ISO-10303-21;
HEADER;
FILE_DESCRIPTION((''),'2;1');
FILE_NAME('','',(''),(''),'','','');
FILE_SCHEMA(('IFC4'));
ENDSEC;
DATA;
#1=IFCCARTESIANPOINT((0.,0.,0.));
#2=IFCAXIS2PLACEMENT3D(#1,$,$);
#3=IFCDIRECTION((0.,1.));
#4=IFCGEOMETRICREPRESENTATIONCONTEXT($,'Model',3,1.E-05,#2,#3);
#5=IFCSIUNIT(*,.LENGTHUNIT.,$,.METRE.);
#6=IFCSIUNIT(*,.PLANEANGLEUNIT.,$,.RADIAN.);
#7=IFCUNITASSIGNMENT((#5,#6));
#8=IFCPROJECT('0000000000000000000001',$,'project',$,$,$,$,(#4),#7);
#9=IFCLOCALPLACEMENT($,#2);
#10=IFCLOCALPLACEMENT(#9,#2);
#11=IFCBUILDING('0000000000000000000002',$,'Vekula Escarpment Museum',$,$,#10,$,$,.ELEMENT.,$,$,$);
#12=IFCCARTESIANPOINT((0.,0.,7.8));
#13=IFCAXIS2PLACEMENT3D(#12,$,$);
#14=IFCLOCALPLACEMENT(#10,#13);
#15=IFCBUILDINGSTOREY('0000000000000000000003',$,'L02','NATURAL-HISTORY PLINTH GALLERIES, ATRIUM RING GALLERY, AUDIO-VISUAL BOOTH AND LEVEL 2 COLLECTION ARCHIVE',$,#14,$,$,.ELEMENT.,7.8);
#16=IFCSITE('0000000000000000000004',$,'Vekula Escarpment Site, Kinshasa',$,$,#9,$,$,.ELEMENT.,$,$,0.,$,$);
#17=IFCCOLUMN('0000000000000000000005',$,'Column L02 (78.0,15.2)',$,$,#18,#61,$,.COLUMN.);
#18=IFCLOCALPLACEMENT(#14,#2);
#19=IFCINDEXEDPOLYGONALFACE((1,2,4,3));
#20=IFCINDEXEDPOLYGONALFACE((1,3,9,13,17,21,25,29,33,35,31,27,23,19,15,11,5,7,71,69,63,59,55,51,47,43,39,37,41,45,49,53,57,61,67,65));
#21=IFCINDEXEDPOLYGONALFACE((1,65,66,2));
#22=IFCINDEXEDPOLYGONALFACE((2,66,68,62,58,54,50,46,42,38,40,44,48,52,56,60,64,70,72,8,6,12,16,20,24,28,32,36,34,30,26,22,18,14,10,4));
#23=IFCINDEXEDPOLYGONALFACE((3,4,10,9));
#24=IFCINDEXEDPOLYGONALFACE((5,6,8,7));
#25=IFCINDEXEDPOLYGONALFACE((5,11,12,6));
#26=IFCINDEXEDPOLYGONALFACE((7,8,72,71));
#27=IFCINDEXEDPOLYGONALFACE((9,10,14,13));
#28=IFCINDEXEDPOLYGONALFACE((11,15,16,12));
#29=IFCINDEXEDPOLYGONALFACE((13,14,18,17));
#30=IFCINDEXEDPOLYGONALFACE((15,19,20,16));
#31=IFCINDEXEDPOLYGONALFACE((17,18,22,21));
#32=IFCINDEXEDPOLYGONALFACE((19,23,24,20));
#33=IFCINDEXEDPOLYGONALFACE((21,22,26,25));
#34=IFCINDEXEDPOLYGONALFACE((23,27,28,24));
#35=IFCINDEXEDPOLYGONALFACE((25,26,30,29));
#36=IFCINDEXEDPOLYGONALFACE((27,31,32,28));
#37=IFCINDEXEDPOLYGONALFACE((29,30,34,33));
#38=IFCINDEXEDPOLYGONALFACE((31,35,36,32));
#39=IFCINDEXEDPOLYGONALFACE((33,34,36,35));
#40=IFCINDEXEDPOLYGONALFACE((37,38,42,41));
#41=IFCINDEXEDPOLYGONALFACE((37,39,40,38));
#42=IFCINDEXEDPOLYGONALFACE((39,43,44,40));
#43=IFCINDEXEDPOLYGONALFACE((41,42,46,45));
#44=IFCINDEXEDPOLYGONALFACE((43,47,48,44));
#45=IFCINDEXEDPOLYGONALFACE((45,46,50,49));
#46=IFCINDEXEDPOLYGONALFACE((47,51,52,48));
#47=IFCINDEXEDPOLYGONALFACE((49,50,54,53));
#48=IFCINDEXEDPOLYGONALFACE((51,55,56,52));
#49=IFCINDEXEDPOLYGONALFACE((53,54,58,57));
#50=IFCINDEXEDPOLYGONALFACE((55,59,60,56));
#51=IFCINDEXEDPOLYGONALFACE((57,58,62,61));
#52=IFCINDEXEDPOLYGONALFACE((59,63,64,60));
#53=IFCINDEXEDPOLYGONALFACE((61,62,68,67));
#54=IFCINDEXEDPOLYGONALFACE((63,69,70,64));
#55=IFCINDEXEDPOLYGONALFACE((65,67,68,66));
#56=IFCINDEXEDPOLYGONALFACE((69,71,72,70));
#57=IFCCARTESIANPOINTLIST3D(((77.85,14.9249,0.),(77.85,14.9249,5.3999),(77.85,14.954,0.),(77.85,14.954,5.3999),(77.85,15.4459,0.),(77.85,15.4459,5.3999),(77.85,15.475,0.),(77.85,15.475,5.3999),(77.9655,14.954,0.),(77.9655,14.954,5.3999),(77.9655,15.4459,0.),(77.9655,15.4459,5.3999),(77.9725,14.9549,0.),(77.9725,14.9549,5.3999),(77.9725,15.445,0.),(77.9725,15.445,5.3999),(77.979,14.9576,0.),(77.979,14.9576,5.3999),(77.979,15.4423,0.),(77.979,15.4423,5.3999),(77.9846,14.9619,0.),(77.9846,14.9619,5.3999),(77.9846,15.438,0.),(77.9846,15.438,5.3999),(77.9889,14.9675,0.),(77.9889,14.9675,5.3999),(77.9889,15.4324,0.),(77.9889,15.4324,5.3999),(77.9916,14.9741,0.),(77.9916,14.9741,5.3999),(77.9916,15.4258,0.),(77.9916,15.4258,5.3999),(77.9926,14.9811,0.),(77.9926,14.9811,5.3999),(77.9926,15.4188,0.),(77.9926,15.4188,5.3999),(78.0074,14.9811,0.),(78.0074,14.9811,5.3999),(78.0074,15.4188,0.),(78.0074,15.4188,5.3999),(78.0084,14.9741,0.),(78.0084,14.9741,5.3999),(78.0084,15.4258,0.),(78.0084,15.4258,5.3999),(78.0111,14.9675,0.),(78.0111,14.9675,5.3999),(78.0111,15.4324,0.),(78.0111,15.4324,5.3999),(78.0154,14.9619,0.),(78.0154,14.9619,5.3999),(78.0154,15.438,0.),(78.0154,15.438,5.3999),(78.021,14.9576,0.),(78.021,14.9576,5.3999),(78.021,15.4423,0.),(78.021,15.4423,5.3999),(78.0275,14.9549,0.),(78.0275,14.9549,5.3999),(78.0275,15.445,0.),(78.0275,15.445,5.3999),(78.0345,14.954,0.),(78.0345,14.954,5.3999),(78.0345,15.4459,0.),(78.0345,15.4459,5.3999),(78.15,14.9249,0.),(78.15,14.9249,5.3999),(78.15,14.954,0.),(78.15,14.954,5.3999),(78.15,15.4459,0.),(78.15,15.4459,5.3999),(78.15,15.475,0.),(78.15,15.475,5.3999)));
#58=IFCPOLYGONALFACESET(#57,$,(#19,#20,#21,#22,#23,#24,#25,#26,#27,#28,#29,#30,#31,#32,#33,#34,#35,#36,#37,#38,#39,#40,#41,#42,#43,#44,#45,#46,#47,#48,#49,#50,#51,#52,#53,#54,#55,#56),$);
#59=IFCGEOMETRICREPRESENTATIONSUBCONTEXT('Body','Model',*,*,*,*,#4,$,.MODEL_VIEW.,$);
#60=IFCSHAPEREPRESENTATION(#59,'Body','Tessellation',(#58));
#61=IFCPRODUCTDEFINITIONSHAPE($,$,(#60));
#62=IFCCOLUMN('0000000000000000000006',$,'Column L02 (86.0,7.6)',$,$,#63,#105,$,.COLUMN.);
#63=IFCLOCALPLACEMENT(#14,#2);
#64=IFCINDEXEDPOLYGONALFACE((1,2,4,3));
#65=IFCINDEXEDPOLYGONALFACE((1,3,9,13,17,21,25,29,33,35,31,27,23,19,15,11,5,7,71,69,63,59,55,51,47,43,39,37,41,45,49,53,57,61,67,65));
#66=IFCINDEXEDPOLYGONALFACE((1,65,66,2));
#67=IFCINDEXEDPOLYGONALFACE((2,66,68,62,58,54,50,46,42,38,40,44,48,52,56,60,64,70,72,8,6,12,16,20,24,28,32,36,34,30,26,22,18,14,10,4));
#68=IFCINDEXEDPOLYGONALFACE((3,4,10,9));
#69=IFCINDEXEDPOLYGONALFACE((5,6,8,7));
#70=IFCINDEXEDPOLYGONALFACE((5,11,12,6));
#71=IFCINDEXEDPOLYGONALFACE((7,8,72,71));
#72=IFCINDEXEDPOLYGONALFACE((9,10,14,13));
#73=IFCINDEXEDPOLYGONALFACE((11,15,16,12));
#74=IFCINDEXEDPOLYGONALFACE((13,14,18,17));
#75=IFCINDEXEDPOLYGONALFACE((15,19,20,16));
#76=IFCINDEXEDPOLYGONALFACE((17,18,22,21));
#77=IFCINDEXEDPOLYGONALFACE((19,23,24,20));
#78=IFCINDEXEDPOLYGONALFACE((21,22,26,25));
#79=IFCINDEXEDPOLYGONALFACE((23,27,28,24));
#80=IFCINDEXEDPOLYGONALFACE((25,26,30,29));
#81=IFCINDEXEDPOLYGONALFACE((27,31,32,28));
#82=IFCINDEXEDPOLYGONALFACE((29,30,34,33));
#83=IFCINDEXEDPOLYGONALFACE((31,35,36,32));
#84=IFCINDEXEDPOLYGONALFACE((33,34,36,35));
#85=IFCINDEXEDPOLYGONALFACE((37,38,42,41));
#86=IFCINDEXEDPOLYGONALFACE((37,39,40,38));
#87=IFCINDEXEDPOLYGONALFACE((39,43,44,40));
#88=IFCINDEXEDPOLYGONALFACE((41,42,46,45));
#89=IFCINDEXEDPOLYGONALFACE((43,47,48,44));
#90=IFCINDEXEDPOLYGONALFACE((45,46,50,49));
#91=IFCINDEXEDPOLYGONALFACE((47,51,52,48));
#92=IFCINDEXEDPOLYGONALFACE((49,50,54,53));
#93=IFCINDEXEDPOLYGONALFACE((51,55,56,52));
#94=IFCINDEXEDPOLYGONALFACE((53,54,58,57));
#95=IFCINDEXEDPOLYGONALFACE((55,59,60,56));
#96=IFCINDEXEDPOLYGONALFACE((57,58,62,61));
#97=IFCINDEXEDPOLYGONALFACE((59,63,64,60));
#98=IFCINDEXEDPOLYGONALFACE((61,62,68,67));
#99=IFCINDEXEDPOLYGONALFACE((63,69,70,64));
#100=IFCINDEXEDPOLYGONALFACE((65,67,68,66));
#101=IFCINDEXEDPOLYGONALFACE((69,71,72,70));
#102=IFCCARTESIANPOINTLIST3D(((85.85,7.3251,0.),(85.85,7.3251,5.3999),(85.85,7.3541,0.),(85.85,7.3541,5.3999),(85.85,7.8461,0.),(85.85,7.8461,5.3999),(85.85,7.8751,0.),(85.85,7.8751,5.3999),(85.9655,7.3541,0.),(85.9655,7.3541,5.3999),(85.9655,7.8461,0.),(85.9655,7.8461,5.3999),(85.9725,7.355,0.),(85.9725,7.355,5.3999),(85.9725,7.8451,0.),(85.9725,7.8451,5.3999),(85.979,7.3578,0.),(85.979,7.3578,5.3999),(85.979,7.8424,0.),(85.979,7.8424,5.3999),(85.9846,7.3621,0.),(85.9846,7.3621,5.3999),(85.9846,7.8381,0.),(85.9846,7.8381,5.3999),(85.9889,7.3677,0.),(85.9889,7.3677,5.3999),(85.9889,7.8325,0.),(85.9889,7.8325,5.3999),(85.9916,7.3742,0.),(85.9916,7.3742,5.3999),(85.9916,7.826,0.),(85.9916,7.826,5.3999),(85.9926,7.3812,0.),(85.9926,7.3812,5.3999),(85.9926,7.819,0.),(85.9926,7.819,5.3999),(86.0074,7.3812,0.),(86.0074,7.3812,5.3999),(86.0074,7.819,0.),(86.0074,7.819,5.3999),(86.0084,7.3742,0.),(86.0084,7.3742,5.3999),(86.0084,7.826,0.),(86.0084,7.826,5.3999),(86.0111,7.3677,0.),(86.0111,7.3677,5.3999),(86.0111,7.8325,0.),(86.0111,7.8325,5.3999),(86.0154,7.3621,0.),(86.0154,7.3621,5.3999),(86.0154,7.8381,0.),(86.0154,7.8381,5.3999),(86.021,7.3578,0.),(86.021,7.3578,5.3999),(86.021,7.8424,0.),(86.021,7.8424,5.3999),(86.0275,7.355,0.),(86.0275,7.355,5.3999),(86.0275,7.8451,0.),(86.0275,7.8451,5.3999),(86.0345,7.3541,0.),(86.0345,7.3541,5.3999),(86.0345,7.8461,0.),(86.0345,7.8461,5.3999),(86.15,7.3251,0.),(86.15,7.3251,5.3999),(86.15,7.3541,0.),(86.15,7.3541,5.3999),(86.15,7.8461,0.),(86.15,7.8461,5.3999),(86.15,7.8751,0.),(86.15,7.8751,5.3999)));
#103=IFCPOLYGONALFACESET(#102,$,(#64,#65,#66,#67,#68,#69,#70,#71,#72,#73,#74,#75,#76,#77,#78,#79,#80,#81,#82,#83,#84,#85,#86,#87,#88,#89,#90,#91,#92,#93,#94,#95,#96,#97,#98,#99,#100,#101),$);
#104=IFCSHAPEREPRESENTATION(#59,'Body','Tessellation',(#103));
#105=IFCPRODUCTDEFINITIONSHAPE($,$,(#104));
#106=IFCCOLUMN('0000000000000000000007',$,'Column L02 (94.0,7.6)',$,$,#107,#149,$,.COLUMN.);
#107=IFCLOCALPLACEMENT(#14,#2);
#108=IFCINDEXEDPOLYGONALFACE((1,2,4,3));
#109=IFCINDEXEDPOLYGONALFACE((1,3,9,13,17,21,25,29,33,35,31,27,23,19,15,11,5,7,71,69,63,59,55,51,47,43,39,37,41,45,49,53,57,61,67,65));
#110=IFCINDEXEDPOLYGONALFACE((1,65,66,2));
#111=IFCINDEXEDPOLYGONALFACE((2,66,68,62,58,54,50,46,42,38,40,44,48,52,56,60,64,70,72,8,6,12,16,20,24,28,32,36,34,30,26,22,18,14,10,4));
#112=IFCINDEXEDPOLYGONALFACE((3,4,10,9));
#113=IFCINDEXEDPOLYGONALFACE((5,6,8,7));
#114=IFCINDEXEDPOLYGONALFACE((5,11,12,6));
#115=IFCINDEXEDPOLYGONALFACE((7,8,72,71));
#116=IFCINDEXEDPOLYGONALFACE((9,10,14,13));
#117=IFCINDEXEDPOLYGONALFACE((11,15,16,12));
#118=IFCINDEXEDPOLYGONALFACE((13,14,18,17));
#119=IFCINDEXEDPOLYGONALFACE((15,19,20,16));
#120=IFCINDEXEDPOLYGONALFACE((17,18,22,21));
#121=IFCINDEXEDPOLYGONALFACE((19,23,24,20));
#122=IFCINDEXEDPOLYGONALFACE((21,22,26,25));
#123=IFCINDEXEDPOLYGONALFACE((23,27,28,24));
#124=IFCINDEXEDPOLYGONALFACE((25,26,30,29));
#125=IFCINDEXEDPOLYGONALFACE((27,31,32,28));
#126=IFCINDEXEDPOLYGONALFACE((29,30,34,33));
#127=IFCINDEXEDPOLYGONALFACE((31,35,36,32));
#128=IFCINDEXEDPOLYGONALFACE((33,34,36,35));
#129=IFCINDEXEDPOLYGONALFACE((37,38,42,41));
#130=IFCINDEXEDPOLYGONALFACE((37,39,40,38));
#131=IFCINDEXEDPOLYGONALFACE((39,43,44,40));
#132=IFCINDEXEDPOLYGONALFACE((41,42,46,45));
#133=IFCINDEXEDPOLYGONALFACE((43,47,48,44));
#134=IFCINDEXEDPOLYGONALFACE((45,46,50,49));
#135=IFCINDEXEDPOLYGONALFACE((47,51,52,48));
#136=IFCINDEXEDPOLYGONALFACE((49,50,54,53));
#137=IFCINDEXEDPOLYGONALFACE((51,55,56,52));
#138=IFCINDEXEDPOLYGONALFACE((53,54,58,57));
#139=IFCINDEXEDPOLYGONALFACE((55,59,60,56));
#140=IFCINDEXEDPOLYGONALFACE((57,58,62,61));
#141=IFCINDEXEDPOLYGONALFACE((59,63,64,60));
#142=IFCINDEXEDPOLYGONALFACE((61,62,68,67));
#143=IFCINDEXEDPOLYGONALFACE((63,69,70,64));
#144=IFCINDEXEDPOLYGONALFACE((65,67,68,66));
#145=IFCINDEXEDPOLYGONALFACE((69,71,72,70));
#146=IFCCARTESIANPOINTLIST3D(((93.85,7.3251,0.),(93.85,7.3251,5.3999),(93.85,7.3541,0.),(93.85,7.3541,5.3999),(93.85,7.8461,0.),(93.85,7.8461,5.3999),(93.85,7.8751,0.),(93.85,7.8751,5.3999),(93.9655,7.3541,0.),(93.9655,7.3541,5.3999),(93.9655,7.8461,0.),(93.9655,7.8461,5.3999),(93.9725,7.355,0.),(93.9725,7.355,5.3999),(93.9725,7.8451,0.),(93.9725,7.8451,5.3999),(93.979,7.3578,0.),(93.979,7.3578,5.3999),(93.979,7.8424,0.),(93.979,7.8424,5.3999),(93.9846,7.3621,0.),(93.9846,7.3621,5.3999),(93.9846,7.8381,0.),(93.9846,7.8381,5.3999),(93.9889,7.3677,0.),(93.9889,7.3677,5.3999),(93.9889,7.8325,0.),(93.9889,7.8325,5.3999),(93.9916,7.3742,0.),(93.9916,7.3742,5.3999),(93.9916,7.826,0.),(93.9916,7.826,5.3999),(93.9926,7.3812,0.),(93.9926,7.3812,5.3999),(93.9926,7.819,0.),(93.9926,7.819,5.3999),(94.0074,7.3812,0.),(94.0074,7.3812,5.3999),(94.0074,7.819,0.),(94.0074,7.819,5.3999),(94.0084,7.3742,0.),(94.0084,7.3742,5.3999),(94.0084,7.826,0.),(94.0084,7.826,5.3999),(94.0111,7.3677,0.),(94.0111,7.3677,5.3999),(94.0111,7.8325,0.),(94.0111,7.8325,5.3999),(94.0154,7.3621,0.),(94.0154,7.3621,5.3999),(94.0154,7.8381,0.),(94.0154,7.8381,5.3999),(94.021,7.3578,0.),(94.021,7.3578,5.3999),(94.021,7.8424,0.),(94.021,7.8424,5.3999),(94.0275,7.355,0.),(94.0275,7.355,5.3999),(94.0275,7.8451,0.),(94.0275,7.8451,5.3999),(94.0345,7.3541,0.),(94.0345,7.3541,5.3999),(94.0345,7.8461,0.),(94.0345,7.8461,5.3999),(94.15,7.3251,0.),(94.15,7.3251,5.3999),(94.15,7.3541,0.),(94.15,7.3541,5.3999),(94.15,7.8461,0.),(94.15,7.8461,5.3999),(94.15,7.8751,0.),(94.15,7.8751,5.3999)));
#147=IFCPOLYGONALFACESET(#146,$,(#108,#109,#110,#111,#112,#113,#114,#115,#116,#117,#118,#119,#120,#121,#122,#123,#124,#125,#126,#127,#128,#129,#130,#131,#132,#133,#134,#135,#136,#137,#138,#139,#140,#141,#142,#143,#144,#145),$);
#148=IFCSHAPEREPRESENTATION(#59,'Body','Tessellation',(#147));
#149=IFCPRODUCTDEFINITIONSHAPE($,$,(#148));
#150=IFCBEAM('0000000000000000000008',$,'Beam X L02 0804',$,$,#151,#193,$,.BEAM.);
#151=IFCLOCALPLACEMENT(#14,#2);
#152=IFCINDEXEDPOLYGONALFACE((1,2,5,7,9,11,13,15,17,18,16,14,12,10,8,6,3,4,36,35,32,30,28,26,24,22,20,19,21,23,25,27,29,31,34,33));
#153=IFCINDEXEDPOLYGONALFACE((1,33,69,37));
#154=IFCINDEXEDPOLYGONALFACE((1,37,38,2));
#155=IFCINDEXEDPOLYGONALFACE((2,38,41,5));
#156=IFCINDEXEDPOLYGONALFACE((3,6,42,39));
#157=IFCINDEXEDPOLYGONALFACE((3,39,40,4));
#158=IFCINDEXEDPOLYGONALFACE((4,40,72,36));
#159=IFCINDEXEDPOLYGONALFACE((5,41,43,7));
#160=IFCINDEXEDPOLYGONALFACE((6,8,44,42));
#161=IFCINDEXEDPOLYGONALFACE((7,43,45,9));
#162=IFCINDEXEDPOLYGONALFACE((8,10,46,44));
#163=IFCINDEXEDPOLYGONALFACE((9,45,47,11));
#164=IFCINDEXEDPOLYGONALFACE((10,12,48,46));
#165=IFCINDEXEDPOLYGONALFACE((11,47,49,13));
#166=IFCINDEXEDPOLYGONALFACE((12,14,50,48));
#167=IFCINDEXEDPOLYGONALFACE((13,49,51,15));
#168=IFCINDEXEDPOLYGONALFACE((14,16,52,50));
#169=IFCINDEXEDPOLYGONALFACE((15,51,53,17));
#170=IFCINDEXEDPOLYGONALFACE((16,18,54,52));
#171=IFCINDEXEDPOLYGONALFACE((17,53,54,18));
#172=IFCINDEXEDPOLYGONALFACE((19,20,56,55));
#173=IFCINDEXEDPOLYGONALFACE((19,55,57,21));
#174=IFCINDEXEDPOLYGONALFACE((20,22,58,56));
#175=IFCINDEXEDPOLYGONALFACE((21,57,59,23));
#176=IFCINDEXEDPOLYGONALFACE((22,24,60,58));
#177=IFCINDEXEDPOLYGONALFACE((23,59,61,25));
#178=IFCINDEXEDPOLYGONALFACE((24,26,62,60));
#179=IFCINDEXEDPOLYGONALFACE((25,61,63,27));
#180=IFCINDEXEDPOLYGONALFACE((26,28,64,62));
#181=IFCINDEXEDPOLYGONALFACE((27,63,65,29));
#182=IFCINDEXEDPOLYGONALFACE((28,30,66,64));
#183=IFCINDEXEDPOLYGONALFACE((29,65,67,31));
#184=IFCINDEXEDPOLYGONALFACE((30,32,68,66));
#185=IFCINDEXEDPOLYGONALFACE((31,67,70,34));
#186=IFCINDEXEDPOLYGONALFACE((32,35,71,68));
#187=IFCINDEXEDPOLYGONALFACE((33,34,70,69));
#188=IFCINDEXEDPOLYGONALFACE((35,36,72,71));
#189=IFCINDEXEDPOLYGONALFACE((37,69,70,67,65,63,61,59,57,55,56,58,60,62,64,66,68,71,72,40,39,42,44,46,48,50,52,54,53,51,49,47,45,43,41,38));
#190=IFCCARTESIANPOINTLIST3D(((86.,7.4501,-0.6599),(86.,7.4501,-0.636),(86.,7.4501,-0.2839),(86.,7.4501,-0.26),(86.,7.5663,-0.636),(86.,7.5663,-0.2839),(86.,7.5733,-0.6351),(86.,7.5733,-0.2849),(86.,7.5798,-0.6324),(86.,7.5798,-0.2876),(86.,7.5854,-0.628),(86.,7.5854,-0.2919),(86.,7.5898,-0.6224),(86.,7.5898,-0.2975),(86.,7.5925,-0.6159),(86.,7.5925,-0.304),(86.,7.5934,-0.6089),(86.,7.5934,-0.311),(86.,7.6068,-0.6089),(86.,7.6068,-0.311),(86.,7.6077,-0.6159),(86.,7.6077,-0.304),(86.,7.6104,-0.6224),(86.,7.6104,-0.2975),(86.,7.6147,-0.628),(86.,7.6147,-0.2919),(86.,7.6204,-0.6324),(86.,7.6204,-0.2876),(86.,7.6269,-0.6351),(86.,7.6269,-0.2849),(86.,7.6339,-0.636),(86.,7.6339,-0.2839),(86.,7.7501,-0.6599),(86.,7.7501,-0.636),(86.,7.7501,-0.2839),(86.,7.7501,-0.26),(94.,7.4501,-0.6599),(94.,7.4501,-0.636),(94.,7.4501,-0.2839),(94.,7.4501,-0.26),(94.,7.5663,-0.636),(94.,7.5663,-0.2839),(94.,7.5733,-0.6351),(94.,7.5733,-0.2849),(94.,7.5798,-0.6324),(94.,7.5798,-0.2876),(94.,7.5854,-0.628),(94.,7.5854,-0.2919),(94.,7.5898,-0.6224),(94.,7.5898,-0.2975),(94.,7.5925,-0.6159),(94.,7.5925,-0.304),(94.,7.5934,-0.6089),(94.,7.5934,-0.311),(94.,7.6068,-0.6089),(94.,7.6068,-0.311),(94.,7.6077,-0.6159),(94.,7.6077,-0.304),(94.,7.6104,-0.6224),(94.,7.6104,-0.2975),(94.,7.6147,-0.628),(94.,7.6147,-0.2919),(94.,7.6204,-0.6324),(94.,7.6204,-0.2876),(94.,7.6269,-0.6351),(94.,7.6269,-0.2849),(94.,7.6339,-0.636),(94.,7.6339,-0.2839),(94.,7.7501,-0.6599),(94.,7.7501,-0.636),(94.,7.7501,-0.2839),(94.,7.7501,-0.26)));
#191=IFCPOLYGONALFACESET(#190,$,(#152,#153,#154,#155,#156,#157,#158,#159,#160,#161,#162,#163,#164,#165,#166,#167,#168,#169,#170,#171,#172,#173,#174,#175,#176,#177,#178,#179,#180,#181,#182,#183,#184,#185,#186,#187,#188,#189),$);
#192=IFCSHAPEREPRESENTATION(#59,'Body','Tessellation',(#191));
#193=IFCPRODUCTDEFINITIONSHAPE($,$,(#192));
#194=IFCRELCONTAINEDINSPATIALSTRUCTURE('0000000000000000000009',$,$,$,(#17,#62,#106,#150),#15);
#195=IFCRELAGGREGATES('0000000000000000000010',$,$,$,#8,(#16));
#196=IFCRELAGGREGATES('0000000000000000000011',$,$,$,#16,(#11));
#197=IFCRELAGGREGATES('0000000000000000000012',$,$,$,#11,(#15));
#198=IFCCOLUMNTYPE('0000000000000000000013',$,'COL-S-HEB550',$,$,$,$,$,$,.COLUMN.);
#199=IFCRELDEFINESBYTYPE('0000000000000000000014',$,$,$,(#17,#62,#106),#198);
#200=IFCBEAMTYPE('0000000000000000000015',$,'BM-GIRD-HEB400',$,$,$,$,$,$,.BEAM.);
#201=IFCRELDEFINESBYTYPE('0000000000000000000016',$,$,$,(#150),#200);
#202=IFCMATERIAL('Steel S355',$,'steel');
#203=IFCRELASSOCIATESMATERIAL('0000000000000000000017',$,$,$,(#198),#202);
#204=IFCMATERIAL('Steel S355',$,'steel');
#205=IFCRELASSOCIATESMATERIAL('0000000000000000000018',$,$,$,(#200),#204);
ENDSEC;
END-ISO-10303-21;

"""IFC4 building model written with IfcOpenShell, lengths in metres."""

from ifc_helpers import new_model, si_unit, direction, frame, origin, origin_2d, place, context, subcontext, project, spatial, i_section, extrude, material, material_profile, profile_set, type_object, element, save


model = new_model("IFC4")

# Units and contexts
model_context = context("Model", 3, precision=1e-05, world=origin(), true_north=direction((0.0, 1.0)))
body_context = subcontext(model_context, "Body", "Model", "MODEL_VIEW")
ifc_project = project(units=[si_unit("LENGTHUNIT", "METRE"), si_unit("PLANEANGLEUNIT", "RADIAN")], contexts=[model_context])

# Site, building, storey
site_placement = place(None, origin())
site = spatial("IfcSite", under=ifc_project, at=site_placement, Name="Vekula Escarpment Site, Kinshasa", CompositionType="ELEMENT", RefElevation=0.0)
building_placement = place(site_placement, origin())
building = spatial("IfcBuilding", under=site, at=building_placement, Name="Vekula Escarpment Museum", CompositionType="ELEMENT")
storey_placement = place(building_placement, frame((0.0, 0.0, 7.8)))
storey = spatial("IfcBuildingStorey", under=building, at=storey_placement, Name="L02", Description="NATURAL-HISTORY PLINTH GALLERIES, ATRIUM RING GALLERY, AUDIO-VISUAL BOOTH AND LEVEL 2 COLLECTION ARCHIVE", CompositionType="ELEMENT", Elevation=7.8)

# Columns
ifc_material_1 = material(Name="Steel S355", Category="steel")
ifc_material_profile_1 = material_profile(ifc_material_1, i_section(OverallWidth=0.3, OverallDepth=0.55, WebThickness=0.0149, FlangeThickness=0.0291, FilletRadius=0.0271, at=origin_2d()), Name="HEB 550")
ifc_profile_set_1 = profile_set([ifc_material_profile_1], Name="Steel S355")
column_type = type_object("IfcColumnType", Name="COL-S-HEB550", PredefinedType="COLUMN", material=ifc_profile_set_1)
for number, where, z_axis, x_axis, name in (
    (1, (78.0, 15.2, 0.0), (0.0, 0.0, 1.0), (1.0, 0.0, 0.0), "Column L02 (78.0,15.2)"),
    (2, (86.0, 7.6001, 0.0), (0.0, 0.0, 1.0), (1.0, 0.0, 0.0), "Column L02 (86.0,7.6)"),
    (3, (94.0, 7.6001, 0.0), (0.0, 0.0, 1.0), (1.0, 0.0, 0.0), "Column L02 (94.0,7.6)"),
):
    element("IfcColumn", number, at=place(storey_placement, frame(where, z_axis=z_axis, x_axis=x_axis)), inside=storey, type_object=column_type, Name=name, PredefinedType="COLUMN", context=body_context, shape_type="SweptSolid", body=[
        extrude(i_section(OverallWidth=0.3, OverallDepth=0.55, WebThickness=0.0149, FlangeThickness=0.0291, FilletRadius=0.0271, at=origin_2d()), origin(), (0.0, 0.0, 1.0), 5.3999),
    ])

# Beam
ifc_material_2 = material(Name="Steel S355", Category="steel")
ifc_material_profile_2 = material_profile(ifc_material_2, i_section(OverallWidth=0.3, OverallDepth=0.3999, WebThickness=0.0134, FlangeThickness=0.0239, FilletRadius=0.0271, at=origin_2d()), Name="HEB 400")
ifc_profile_set_2 = profile_set([ifc_material_profile_2], Name="Steel S355")
beam_type_1 = type_object("IfcBeamType", Name="BM-GIRD-HEB400", PredefinedType="BEAM", material=ifc_profile_set_2)
for number, where, z_axis, x_axis, name in (
    (4, (86.0, 7.6001, -0.46), (1.0, 0.0, 0.0), (0.0, 1.0, 0.0), "Beam X L02 0804"),
):
    element("IfcBeam", number, at=place(storey_placement, frame(where, z_axis=z_axis, x_axis=x_axis)), inside=storey, type_object=beam_type_1, Name=name, PredefinedType="BEAM", context=body_context, shape_type="SweptSolid", body=[
        extrude(i_section(OverallWidth=0.3, OverallDepth=0.3999, WebThickness=0.0134, FlangeThickness=0.0239, FilletRadius=0.0271, at=origin_2d()), origin(), (0.0, 0.0, 1.0), 8.0),
    ])

save(model, "model.ifc")
